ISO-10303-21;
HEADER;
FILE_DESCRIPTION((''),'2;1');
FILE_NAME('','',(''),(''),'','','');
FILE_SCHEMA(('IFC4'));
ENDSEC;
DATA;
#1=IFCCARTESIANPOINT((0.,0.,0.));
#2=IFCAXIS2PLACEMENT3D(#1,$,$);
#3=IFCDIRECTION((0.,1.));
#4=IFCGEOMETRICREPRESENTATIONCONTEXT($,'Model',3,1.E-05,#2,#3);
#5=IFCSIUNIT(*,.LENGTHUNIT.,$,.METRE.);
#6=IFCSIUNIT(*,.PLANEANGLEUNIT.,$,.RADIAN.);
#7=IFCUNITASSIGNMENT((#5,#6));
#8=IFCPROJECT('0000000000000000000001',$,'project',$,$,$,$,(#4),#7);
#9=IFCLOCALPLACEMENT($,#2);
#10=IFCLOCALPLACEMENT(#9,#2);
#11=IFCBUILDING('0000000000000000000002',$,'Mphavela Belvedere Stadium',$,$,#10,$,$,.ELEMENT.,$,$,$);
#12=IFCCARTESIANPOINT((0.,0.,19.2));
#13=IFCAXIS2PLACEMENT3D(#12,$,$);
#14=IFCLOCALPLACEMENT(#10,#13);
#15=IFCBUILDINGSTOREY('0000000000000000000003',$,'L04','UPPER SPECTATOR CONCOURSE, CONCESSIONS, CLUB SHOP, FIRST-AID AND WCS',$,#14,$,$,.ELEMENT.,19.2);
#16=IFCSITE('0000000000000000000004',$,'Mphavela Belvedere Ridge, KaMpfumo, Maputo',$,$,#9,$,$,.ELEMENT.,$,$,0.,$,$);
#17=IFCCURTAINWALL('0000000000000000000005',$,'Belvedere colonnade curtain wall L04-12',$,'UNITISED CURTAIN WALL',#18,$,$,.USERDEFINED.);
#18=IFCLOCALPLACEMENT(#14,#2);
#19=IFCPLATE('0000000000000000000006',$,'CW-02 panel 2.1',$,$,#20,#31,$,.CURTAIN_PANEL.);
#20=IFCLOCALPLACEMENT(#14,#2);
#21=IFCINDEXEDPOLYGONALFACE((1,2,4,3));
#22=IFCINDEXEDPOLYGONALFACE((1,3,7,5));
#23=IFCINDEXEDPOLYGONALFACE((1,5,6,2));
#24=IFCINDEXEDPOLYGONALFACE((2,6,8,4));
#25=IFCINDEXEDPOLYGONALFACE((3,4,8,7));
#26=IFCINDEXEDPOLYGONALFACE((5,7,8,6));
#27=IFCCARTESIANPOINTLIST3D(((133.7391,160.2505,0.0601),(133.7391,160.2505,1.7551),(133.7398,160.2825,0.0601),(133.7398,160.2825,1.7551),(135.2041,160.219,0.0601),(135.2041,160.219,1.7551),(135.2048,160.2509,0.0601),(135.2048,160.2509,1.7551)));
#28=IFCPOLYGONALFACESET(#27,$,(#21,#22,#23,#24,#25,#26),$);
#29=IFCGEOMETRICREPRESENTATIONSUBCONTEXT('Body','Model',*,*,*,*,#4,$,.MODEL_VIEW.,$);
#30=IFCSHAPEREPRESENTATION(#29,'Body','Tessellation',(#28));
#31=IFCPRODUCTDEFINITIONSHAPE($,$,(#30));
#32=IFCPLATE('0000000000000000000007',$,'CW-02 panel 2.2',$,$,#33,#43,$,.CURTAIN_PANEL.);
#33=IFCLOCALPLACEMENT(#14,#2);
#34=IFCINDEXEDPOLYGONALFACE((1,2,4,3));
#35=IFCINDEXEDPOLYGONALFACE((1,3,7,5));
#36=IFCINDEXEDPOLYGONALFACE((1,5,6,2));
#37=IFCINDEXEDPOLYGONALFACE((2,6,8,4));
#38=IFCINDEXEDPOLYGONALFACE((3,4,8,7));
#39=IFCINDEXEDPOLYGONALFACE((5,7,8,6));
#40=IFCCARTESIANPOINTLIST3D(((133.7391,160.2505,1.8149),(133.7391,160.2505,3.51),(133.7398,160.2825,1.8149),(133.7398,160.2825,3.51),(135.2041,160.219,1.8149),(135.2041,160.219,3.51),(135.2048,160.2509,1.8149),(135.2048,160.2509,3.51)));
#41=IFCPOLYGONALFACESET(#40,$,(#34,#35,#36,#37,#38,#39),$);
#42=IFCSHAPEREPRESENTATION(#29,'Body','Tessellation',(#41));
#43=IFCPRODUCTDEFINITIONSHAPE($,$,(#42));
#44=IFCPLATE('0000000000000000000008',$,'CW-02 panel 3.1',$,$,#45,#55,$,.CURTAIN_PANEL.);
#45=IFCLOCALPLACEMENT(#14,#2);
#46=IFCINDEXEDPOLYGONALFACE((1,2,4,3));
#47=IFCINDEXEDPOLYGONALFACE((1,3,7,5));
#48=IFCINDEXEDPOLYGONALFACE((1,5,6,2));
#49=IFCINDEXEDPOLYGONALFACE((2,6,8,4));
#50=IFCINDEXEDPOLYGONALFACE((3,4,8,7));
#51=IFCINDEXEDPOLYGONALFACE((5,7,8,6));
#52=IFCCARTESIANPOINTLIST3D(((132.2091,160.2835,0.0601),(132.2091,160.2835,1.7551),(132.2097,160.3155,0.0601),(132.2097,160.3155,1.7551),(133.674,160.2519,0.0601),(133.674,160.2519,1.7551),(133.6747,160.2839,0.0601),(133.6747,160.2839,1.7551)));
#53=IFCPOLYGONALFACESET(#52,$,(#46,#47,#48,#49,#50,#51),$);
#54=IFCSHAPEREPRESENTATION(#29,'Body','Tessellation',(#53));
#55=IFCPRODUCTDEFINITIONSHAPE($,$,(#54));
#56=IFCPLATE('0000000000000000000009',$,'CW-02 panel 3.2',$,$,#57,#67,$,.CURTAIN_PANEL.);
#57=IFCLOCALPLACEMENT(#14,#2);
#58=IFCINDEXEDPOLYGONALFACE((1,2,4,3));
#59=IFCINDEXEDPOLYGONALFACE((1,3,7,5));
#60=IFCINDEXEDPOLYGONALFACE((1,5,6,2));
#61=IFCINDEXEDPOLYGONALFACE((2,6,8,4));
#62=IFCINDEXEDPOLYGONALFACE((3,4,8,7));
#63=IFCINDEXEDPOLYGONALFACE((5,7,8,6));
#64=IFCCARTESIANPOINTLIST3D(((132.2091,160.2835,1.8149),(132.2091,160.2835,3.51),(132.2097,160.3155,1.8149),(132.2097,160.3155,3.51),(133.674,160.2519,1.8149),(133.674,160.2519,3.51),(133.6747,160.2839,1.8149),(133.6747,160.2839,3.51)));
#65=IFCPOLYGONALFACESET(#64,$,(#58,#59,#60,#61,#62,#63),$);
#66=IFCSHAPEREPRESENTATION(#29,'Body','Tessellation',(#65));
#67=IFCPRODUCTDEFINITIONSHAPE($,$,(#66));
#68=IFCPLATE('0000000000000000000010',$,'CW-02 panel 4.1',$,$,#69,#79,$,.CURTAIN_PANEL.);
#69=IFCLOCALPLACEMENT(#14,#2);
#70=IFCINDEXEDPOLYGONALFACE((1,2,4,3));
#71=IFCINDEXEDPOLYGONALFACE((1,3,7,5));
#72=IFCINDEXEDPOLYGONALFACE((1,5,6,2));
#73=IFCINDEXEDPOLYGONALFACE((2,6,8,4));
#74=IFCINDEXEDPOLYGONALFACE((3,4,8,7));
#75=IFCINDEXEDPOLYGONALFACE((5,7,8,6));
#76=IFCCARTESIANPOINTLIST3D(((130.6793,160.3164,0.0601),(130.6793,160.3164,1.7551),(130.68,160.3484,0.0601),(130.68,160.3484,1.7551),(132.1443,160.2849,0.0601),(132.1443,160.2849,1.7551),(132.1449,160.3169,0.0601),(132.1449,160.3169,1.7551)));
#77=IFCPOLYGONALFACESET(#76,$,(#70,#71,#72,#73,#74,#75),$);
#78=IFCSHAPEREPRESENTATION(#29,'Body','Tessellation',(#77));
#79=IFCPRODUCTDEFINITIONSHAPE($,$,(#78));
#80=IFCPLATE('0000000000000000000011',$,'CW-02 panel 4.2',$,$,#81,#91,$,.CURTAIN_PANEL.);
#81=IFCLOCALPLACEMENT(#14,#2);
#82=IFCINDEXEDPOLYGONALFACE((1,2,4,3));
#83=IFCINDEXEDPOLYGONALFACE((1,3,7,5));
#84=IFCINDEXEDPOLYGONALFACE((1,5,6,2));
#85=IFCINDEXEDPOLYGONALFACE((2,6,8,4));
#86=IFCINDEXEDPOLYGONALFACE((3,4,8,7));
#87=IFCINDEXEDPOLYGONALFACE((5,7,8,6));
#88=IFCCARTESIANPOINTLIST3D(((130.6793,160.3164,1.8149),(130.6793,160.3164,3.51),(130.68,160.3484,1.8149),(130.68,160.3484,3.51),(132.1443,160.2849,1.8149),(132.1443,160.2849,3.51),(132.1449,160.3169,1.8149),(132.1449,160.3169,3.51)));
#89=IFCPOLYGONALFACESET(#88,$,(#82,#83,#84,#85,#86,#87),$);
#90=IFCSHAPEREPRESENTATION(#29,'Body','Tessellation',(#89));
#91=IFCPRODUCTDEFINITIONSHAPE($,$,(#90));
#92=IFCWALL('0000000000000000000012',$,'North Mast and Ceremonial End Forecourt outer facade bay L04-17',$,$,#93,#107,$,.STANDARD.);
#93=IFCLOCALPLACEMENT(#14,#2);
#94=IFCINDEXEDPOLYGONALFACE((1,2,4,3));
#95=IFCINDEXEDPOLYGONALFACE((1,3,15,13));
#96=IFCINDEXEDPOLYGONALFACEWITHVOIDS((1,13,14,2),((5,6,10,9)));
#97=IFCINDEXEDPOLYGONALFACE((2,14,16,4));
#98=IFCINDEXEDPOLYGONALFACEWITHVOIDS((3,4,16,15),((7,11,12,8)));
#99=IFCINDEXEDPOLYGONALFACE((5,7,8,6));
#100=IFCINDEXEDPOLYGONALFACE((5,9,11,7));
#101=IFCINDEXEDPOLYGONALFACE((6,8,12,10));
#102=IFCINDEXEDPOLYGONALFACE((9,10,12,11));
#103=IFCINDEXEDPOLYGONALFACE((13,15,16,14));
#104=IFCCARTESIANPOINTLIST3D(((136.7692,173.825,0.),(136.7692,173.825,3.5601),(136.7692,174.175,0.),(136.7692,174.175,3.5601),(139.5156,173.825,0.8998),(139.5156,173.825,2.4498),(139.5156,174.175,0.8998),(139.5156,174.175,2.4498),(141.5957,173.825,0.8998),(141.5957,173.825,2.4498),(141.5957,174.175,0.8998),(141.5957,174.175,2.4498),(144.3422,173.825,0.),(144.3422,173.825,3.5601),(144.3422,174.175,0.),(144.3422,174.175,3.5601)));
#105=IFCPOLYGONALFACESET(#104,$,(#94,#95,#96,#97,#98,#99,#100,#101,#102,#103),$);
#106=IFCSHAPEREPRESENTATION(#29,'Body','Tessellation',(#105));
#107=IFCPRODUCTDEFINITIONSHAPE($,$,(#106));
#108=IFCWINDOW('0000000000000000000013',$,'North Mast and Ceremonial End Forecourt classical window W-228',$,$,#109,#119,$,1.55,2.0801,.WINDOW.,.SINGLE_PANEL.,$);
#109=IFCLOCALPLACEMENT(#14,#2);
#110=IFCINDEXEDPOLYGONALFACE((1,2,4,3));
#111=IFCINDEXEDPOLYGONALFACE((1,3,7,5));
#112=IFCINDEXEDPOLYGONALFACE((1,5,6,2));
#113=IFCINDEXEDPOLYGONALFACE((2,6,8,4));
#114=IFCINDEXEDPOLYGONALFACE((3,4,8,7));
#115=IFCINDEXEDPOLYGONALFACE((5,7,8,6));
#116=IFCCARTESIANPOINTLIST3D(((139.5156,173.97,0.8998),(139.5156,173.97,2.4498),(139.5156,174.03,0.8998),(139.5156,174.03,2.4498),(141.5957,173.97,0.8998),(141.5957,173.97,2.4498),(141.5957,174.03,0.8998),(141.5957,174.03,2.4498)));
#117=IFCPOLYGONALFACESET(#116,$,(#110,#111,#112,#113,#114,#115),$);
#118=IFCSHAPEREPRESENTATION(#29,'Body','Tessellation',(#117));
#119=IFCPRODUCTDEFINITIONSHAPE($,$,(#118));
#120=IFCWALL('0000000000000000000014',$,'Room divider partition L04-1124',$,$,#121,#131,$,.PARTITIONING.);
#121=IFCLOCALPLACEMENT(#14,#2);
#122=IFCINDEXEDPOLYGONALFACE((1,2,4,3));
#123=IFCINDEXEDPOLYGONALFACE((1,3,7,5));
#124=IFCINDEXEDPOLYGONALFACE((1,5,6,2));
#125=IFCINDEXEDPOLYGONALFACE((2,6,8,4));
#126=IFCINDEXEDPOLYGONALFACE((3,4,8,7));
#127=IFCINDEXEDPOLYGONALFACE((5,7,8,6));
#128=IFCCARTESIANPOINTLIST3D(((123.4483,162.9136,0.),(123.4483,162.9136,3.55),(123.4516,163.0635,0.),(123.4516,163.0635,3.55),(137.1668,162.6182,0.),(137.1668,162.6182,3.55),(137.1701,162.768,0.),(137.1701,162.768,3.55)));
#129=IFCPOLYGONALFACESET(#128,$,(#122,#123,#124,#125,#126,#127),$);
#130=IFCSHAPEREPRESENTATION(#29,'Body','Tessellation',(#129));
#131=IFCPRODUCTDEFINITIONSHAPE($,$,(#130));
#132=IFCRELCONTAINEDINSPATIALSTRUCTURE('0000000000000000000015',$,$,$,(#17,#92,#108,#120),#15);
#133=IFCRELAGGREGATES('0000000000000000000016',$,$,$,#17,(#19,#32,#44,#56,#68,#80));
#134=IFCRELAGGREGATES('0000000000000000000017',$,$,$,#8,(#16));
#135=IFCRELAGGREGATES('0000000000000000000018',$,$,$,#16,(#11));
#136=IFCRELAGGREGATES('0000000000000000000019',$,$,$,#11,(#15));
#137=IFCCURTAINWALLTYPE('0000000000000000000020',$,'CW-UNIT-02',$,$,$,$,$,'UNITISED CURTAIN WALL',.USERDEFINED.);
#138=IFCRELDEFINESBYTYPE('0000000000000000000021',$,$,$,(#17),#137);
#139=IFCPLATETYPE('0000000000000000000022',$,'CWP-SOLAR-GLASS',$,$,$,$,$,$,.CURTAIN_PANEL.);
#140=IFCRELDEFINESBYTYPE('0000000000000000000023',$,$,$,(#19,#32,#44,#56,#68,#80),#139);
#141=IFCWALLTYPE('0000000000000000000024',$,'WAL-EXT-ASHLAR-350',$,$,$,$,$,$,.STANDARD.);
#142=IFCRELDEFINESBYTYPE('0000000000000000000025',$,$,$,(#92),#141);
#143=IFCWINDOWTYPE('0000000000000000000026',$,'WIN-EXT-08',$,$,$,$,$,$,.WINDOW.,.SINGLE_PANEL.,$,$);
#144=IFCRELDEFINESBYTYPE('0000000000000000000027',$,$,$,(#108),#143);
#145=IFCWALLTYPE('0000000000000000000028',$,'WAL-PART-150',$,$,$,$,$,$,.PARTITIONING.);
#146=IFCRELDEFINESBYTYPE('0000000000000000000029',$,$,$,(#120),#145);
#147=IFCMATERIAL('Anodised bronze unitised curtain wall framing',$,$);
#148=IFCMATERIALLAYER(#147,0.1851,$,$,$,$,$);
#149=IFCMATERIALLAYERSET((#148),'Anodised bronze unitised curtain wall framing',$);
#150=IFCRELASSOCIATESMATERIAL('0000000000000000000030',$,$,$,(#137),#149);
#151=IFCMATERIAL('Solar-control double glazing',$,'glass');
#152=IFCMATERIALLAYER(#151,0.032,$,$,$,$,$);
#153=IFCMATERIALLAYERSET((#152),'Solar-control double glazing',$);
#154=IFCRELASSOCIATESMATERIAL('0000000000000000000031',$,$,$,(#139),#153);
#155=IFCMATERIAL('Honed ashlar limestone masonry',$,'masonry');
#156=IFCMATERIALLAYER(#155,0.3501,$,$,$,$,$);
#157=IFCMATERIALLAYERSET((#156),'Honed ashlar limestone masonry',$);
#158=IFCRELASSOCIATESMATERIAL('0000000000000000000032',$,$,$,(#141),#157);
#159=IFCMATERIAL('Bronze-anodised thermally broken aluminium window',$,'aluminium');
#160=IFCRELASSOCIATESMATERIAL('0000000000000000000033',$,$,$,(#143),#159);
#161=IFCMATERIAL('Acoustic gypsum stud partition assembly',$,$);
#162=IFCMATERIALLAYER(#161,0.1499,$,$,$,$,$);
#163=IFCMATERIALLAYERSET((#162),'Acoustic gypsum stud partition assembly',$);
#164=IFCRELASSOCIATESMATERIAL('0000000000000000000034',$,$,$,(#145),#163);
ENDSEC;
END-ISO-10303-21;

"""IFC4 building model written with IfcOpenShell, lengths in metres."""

from ifc_helpers import new_model, si_unit, direction, frame, frame_2d, origin, origin_2d, place, context, subcontext, project, spatial, rectangle, extrude, material, layer, layer_set, type_object, element, fill, aggregate, save


model = new_model("IFC4")

# Units and contexts
model_context = context("Model", 3, precision=1e-05, world=origin(), true_north=direction((0.0, 1.0)))
body_context = subcontext(model_context, "Body", "Model", "MODEL_VIEW")
ifc_project = project(units=[si_unit("LENGTHUNIT", "METRE"), si_unit("PLANEANGLEUNIT", "RADIAN")], contexts=[model_context])

# Site, building, storey
site_placement = place(None, origin())
site = spatial("IfcSite", under=ifc_project, at=site_placement, Name="Mphavela Belvedere Ridge, KaMpfumo, Maputo", CompositionType="ELEMENT", RefElevation=0.0)
building_placement = place(site_placement, origin())
building = spatial("IfcBuilding", under=site, at=building_placement, Name="Mphavela Belvedere Stadium", CompositionType="ELEMENT")
storey_placement = place(building_placement, frame((0.0, 0.0, 19.2)))
storey = spatial("IfcBuildingStorey", under=building, at=storey_placement, Name="L04", Description="UPPER SPECTATOR CONCOURSE, CONCESSIONS, CLUB SHOP, FIRST-AID AND WCS", CompositionType="ELEMENT", Elevation=19.2)

# Curtain wall, plates
ifc_material_1 = material(Name="Anodised bronze unitised curtain wall framing")
ifc_layer_1 = layer(ifc_material_1, 0.1851)
ifc_layer_set_1 = layer_set([ifc_layer_1], Name="Anodised bronze unitised curtain wall framing")
curtain_wall_type = type_object("IfcCurtainWallType", Name="CW-UNIT-02", ElementType="UNITISED CURTAIN WALL", PredefinedType="USERDEFINED", material=ifc_layer_set_1)
curtain_wall_placement = place(storey_placement, origin())
curtain_wall = element("IfcCurtainWall", 1, at=curtain_wall_placement, inside=storey, type_object=curtain_wall_type, Name="Belvedere colonnade curtain wall L04-12", ObjectType="UNITISED CURTAIN WALL", PredefinedType="USERDEFINED")
ifc_material_2 = material(Name="Solar-control double glazing", Category="glass")
ifc_layer_2 = layer(ifc_material_2, 0.032)
ifc_layer_set_2 = layer_set([ifc_layer_2], Name="Solar-control double glazing")
plate_type = type_object("IfcPlateType", Name="CWP-SOLAR-GLASS", PredefinedType="CURTAIN_PANEL", material=ifc_layer_set_2)
plate_1_placement = place(storey_placement, frame((134.4719, 160.2507, 0.0601), z_axis=(0.0, 0.0, 1.0), x_axis=(-0.999768, 0.021527, 0.0)))
plate_1 = element("IfcPlate", 2, at=plate_1_placement, type_object=plate_type, Name="CW-02 panel 2.1", PredefinedType="CURTAIN_PANEL", context=body_context, shape_type="SweptSolid", body=[
    extrude(rectangle(XDim=1.4653, YDim=0.032, at=origin_2d()), origin(), (0.0, 0.0, 1.0), 1.6951),
])
plate_2_placement = place(storey_placement, frame((134.4719, 160.2507, 1.8149), z_axis=(0.0, 0.0, 1.0), x_axis=(-0.999768, 0.021527, 0.0)))
plate_2 = element("IfcPlate", 3, at=plate_2_placement, type_object=plate_type, Name="CW-02 panel 2.2", PredefinedType="CURTAIN_PANEL", context=body_context, shape_type="SweptSolid", body=[
    extrude(rectangle(XDim=1.4653, YDim=0.032, at=origin_2d()), origin(), (0.0, 0.0, 1.0), 1.6951),
])
plate_3_placement = place(storey_placement, frame((132.9419, 160.2837, 0.0601), z_axis=(0.0, 0.0, 1.0), x_axis=(-0.999768, 0.021527, 0.0)))
plate_3 = element("IfcPlate", 4, at=plate_3_placement, type_object=plate_type, Name="CW-02 panel 3.1", PredefinedType="CURTAIN_PANEL", context=body_context, shape_type="SweptSolid", body=[
    extrude(rectangle(XDim=1.4653, YDim=0.032, at=origin_2d()), origin(), (0.0, 0.0, 1.0), 1.6951),
])
plate_4_placement = place(storey_placement, frame((132.9419, 160.2837, 1.8149), z_axis=(0.0, 0.0, 1.0), x_axis=(-0.999768, 0.021527, 0.0)))
plate_4 = element("IfcPlate", 5, at=plate_4_placement, type_object=plate_type, Name="CW-02 panel 3.2", PredefinedType="CURTAIN_PANEL", context=body_context, shape_type="SweptSolid", body=[
    extrude(rectangle(XDim=1.4653, YDim=0.032, at=origin_2d()), origin(), (0.0, 0.0, 1.0), 1.6951),
])
plate_5_placement = place(storey_placement, frame((131.4121, 160.3167, 0.0601), z_axis=(0.0, 0.0, 1.0), x_axis=(-0.999768, 0.021527, 0.0)))
plate_5 = element("IfcPlate", 6, at=plate_5_placement, type_object=plate_type, Name="CW-02 panel 4.1", PredefinedType="CURTAIN_PANEL", context=body_context, shape_type="SweptSolid", body=[
    extrude(rectangle(XDim=1.4653, YDim=0.032, at=origin_2d()), origin(), (0.0, 0.0, 1.0), 1.6951),
])
plate_6_placement = place(storey_placement, frame((131.4121, 160.3167, 1.8149), z_axis=(0.0, 0.0, 1.0), x_axis=(-0.999768, 0.021527, 0.0)))
plate_6 = element("IfcPlate", 7, at=plate_6_placement, type_object=plate_type, Name="CW-02 panel 4.2", PredefinedType="CURTAIN_PANEL", context=body_context, shape_type="SweptSolid", body=[
    extrude(rectangle(XDim=1.4653, YDim=0.032, at=origin_2d()), origin(), (0.0, 0.0, 1.0), 1.6951),
])
aggregate(curtain_wall, [plate_1, plate_2, plate_3, plate_4, plate_5, plate_6])

# Wall, opening, window
ifc_material_3 = material(Name="Honed ashlar limestone masonry", Category="masonry")
ifc_layer_3 = layer(ifc_material_3, 0.3501)
ifc_layer_set_3 = layer_set([ifc_layer_3], Name="Honed ashlar limestone masonry")
wall_type_1 = type_object("IfcWallType", Name="WAL-EXT-ASHLAR-350", PredefinedType="STANDARD", material=ifc_layer_set_3)
wall_1_placement = place(storey_placement, frame((136.769, 174.0, 0.0), z_axis=(0.0, 0.0, 1.0), x_axis=(1.0, 0.0, 0.0)))
wall_1 = element("IfcWall", 8, at=wall_1_placement, inside=storey, type_object=wall_type_1, Name="North Mast and Ceremonial End Forecourt outer facade bay L04-17", PredefinedType="STANDARD", context=body_context, shape_type="SweptSolid", body=[
    extrude(rectangle(XDim=7.573, YDim=0.3501, at=frame_2d((3.7866, 0.0))), origin(), (0.0, 0.0, 1.0), 3.5601),
])
opening_placement = place(wall_1_placement, frame((2.7466, 0.0, 0.8999)))
opening = element("IfcOpeningElement", 9, at=opening_placement, cuts=wall_1, PredefinedType="OPENING", context=body_context, shape_type="SweptSolid", body=[
    extrude(rectangle(XDim=2.0801, YDim=1.55, at=frame_2d((1.04, 0.7749))), frame((0.0, 0.1851, 0.0), z_axis=(0.0, -1.0, 0.0), x_axis=(1.0, 0.0, 0.0)), (0.0, 0.0, 1.0), 0.3701),
])
ifc_material_4 = material(Name="Bronze-anodised thermally broken aluminium window", Category="aluminium")
window_type = type_object("IfcWindowType", Name="WIN-EXT-08", PartitioningType="SINGLE_PANEL", PredefinedType="WINDOW", material=ifc_material_4)
window_placement = place(opening_placement, origin())
window = element("IfcWindow", 10, at=window_placement, inside=storey, type_object=window_type, Name="North Mast and Ceremonial End Forecourt classical window W-228", OverallHeight=1.55, OverallWidth=2.0801, PartitioningType="SINGLE_PANEL", PredefinedType="WINDOW", context=body_context, shape_type="SweptSolid", body=[
    extrude(rectangle(XDim=2.0801, YDim=1.55, at=frame_2d((1.04, 0.7749))), frame((0.0, 0.03, 0.0), z_axis=(0.0, -1.0, 0.0), x_axis=(1.0, 0.0, 0.0)), (0.0, 0.0, 1.0), 0.0601),
])
fill(opening, window)

# Wall
ifc_material_5 = material(Name="Acoustic gypsum stud partition assembly")
ifc_layer_4 = layer(ifc_material_5, 0.1499)
ifc_layer_set_4 = layer_set([ifc_layer_4], Name="Acoustic gypsum stud partition assembly")
wall_type_2 = type_object("IfcWallType", Name="WAL-PART-150", PredefinedType="PARTITIONING", material=ifc_layer_set_4)
wall_2_placement = place(storey_placement, frame((137.1685, 162.6931, 0.0), z_axis=(0.0, 0.0, 1.0), x_axis=(-0.999768, 0.021529, 0.0)))
element("IfcWall", 11, at=wall_2_placement, inside=storey, type_object=wall_type_2, Name="Room divider partition L04-1124", PredefinedType="PARTITIONING", context=body_context, shape_type="SweptSolid", body=[
    extrude(rectangle(XDim=13.7217, YDim=0.1499, at=frame_2d((6.8608, 0.0))), origin(), (0.0, 0.0, 1.0), 3.55),
])

save(model, "model.ifc")
